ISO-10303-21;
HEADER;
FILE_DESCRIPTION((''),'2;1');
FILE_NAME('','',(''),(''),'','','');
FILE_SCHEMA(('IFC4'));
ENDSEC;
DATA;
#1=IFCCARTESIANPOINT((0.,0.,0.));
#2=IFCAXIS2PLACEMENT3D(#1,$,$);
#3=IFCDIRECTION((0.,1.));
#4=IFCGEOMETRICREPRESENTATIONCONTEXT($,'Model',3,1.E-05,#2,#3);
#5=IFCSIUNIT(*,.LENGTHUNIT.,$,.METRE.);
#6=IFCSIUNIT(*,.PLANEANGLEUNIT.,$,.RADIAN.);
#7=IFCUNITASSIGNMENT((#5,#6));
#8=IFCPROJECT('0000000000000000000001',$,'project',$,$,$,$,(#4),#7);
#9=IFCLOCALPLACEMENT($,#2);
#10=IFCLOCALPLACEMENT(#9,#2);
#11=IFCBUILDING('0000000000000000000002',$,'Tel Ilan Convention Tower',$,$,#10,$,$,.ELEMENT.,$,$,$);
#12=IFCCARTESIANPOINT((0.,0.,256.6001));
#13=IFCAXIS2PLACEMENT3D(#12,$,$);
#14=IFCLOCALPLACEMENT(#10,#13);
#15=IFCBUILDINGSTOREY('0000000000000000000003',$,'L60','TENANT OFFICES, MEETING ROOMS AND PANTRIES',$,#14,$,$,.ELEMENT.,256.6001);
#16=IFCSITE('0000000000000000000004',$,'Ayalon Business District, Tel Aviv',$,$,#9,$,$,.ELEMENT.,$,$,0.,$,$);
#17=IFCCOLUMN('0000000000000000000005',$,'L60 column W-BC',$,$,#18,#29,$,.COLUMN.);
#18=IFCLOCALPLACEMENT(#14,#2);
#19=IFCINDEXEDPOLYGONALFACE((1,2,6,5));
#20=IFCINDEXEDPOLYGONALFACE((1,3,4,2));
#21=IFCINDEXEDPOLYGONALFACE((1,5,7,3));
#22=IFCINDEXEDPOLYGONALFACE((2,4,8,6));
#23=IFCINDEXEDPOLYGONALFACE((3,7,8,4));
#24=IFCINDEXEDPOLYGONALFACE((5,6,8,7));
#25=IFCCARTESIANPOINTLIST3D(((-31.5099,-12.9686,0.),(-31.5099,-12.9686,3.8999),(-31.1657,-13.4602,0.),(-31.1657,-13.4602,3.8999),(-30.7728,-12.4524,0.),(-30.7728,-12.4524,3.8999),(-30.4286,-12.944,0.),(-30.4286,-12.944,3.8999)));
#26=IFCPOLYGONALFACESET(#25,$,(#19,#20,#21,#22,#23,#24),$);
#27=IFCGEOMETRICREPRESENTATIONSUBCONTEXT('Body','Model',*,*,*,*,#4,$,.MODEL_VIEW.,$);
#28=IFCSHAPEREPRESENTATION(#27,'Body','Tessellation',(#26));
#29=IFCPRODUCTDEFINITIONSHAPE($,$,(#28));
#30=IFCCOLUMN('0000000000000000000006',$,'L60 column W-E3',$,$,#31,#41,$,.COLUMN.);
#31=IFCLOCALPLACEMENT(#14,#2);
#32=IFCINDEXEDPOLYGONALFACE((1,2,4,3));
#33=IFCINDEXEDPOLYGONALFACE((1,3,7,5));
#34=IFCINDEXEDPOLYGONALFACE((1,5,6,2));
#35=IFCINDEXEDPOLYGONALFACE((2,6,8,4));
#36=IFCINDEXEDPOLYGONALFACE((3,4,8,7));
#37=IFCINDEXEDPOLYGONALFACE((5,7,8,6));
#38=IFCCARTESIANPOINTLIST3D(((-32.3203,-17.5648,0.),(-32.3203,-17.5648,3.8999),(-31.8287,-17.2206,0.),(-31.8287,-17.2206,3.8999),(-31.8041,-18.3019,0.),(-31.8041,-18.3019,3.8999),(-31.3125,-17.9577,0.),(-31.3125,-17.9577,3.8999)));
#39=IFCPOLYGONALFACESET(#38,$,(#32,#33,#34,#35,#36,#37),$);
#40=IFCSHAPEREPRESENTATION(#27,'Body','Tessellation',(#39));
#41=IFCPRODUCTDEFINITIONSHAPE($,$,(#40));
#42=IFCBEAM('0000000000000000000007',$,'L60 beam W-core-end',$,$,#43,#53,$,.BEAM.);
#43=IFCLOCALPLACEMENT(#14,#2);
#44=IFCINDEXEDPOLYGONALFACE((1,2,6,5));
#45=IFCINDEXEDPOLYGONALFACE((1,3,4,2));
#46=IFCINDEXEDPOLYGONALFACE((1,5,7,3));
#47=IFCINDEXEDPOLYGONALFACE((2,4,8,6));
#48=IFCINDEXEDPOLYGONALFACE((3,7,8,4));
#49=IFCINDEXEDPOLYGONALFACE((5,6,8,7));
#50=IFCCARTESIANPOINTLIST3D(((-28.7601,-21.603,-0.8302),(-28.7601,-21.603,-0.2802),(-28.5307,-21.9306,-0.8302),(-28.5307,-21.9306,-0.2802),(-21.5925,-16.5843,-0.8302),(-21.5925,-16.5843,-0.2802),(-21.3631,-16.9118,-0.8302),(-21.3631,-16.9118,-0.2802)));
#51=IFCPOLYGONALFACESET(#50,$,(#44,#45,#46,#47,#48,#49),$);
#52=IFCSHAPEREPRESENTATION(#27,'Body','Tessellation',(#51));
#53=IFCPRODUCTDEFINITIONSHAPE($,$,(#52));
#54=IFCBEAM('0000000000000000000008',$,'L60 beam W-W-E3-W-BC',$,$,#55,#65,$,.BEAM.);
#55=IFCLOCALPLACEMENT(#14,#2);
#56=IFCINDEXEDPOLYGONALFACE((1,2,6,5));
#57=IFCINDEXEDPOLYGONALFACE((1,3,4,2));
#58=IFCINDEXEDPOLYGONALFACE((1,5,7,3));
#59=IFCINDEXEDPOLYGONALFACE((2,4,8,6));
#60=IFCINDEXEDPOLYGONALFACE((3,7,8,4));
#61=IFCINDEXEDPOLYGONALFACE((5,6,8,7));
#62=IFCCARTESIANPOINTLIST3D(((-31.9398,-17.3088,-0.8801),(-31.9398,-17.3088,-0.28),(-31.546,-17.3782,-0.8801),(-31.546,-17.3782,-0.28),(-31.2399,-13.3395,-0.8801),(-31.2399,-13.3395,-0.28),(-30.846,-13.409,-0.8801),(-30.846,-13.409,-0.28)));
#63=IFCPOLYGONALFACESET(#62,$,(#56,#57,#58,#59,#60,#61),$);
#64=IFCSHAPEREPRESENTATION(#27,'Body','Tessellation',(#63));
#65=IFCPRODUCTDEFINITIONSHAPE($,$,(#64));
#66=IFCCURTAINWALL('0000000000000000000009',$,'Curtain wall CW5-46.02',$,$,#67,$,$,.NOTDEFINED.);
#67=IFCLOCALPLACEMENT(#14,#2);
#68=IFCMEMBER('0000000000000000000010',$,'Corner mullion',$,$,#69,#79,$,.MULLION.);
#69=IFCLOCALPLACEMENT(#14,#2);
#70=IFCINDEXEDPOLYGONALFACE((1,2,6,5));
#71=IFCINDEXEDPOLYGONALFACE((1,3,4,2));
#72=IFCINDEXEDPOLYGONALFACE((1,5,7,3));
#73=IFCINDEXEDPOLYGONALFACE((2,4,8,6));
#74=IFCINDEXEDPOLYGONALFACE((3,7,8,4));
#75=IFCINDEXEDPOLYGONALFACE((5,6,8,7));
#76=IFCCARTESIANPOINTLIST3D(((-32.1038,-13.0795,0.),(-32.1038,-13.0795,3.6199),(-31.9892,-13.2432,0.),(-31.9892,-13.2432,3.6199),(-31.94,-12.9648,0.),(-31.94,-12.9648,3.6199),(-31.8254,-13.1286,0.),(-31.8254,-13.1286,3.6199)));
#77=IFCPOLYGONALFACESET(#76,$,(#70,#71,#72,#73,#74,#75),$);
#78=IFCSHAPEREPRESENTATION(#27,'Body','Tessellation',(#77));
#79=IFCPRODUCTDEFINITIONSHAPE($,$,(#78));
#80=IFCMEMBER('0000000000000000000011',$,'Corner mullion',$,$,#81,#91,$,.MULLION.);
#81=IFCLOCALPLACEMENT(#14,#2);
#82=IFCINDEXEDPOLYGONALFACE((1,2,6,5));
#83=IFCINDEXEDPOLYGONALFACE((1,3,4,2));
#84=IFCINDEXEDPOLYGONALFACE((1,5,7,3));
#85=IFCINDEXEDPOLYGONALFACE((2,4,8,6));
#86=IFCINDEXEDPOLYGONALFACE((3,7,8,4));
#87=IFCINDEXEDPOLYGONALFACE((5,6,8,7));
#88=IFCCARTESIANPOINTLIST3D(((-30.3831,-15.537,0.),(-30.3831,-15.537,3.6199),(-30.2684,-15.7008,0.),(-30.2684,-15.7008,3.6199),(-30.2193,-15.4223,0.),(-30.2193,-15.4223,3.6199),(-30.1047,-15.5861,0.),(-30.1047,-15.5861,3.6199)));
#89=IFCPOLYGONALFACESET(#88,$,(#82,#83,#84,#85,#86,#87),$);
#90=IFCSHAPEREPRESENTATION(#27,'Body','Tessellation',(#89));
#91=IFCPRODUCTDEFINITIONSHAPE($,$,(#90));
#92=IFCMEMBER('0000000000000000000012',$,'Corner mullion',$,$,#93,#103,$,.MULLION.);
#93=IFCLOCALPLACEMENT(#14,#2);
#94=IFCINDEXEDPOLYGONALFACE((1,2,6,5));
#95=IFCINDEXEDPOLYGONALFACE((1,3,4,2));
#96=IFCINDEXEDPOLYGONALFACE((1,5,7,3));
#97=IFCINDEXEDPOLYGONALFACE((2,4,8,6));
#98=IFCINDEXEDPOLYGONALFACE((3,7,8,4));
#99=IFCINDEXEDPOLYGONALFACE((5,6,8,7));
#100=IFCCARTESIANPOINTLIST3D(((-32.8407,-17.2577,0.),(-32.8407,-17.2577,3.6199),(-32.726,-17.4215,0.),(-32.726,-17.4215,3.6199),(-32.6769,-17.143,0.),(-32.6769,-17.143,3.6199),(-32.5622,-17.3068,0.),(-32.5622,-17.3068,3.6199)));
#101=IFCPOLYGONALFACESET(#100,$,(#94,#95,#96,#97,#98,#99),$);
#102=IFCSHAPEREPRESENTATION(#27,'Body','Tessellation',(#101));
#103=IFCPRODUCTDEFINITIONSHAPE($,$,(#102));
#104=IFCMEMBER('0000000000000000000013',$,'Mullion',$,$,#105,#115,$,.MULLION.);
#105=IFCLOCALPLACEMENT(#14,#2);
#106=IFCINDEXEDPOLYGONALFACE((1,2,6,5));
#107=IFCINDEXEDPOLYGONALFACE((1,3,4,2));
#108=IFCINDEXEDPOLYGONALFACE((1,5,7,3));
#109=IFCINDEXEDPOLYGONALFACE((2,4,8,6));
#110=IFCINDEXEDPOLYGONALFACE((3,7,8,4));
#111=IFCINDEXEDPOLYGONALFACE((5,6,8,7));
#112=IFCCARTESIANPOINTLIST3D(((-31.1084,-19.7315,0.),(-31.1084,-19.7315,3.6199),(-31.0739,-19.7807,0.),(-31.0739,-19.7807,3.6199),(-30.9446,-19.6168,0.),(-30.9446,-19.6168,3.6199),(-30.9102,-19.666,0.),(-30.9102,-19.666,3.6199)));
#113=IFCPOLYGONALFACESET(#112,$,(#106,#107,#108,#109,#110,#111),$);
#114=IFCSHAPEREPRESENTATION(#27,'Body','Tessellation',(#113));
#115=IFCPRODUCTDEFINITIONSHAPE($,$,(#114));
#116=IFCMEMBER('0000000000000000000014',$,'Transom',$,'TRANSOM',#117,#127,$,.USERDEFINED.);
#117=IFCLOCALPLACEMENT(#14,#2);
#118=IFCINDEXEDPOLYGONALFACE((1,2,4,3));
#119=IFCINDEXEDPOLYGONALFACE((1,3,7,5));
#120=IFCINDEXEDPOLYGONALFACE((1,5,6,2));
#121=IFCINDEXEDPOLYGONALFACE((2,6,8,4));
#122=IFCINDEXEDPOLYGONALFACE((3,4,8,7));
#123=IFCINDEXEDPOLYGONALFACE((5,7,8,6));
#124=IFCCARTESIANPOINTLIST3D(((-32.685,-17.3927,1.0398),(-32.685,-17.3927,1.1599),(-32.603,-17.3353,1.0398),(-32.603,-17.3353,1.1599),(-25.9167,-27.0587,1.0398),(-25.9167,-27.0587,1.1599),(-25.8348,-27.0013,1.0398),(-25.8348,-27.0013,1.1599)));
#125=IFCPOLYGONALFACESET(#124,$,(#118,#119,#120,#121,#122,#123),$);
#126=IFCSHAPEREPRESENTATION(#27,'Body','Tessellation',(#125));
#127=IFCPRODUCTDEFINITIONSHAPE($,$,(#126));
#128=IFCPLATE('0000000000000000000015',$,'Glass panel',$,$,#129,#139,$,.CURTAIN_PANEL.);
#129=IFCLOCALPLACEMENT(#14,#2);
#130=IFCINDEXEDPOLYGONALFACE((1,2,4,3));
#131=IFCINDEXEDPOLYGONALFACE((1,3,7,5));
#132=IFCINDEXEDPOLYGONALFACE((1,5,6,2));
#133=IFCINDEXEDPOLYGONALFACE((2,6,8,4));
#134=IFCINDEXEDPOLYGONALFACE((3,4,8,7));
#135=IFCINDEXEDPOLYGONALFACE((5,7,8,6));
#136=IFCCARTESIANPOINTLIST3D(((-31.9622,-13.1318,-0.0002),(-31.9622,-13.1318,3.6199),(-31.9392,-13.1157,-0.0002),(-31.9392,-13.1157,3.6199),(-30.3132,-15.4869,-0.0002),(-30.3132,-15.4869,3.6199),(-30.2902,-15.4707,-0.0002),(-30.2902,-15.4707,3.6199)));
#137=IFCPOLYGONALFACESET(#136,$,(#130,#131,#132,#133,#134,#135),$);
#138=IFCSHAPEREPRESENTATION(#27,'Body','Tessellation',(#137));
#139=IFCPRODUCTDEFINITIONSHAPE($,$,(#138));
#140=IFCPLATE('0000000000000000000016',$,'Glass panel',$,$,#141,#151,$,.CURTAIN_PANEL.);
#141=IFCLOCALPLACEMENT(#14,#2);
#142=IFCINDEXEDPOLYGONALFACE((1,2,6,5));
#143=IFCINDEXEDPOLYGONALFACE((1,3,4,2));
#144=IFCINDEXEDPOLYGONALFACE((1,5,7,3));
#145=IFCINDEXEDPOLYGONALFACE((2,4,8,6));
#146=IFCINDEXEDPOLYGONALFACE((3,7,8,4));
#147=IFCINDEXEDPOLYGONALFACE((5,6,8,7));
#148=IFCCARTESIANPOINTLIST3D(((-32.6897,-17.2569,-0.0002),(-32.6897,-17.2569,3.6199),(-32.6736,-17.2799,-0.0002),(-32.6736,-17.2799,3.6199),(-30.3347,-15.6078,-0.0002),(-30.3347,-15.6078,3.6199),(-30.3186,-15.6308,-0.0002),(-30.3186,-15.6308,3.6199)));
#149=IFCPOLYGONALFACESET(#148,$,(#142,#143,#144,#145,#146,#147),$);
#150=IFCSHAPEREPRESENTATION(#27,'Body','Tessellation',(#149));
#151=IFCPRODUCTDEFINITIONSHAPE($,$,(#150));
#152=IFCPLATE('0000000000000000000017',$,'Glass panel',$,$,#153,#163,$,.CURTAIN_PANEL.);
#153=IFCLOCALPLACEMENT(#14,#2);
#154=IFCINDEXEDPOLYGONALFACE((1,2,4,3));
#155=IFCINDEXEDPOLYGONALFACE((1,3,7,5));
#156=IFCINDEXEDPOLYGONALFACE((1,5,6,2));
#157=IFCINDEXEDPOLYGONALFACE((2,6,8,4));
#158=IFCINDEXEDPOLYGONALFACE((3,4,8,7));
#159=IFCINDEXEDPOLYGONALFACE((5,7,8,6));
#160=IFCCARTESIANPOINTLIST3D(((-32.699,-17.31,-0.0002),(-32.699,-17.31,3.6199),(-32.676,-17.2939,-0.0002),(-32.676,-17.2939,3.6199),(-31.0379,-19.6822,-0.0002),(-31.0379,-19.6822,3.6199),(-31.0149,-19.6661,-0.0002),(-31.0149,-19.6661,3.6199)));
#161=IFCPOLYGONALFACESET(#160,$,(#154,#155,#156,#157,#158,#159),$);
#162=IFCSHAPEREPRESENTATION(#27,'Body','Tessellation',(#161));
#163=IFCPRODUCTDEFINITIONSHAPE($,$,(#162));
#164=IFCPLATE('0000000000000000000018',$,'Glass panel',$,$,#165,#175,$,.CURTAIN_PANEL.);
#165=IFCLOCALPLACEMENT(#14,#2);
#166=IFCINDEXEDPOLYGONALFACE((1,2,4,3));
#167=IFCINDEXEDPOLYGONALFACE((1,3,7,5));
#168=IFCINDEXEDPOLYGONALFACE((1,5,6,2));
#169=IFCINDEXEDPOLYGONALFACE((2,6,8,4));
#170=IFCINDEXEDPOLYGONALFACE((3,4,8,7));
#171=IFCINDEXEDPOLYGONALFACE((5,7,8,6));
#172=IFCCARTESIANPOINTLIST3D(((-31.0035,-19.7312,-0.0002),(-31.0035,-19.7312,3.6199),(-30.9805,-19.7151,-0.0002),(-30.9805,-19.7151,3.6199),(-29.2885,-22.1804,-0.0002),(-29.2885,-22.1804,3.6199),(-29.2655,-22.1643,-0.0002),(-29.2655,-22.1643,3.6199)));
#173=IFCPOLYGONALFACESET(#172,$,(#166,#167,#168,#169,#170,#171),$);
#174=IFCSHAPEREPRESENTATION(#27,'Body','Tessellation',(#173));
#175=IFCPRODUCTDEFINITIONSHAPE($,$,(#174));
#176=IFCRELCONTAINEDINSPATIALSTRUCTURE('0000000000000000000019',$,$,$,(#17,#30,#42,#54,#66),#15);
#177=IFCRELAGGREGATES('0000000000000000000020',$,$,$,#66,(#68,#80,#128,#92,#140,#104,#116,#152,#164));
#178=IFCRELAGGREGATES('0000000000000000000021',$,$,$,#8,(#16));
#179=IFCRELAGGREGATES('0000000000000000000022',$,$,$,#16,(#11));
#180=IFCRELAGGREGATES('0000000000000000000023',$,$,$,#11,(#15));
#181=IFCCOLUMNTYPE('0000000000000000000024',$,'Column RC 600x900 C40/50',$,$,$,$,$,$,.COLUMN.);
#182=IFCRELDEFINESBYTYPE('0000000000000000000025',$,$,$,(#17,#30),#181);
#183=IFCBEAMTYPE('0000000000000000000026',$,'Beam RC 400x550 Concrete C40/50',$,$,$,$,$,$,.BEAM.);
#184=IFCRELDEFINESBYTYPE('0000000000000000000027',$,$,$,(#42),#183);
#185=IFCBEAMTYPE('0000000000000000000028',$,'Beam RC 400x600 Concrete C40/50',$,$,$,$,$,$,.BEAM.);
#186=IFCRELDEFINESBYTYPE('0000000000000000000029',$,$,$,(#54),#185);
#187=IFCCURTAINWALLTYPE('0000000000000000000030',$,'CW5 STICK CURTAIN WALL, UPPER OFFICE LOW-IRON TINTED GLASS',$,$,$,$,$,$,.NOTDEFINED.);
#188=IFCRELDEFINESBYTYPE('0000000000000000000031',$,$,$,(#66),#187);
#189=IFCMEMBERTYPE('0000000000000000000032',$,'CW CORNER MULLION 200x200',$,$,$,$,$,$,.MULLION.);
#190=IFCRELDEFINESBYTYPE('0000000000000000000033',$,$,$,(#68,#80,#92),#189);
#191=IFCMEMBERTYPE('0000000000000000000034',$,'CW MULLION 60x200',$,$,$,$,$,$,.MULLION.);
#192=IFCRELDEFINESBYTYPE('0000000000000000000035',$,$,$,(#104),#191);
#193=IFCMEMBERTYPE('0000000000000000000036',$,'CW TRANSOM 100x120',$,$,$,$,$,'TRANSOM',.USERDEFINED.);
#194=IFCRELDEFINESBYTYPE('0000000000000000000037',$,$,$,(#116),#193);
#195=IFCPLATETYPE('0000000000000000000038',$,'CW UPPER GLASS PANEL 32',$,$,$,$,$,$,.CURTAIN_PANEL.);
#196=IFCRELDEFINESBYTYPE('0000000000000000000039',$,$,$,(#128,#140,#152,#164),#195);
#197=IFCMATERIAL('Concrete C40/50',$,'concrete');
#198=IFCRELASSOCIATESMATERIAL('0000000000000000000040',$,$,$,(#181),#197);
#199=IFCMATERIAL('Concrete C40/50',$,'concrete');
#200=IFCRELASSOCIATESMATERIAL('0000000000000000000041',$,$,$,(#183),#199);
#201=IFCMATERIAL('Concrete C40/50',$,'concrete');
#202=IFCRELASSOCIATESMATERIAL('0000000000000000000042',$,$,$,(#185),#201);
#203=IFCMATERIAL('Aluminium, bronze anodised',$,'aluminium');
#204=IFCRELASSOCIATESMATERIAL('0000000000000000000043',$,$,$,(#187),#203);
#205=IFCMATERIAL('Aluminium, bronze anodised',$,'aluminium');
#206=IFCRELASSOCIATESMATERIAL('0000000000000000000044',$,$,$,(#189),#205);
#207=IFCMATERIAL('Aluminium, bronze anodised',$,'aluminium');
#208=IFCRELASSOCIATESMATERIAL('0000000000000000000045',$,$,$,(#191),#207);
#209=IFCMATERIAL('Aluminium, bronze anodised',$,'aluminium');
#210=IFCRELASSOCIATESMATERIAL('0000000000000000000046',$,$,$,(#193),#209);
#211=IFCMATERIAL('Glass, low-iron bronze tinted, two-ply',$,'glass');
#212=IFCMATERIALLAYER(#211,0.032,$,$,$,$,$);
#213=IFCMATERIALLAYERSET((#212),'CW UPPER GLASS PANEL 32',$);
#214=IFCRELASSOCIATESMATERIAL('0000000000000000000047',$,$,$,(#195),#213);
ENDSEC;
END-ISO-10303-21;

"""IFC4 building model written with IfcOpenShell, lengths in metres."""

from ifc_helpers import new_model, si_unit, direction, frame, origin, origin_2d, place, context, subcontext, project, spatial, rectangle, extrude, material, layer, layer_set, material_profile, profile_set, type_object, element, aggregate, save


model = new_model("IFC4")

# Units and contexts
model_context = context("Model", 3, precision=1e-05, world=origin(), true_north=direction((0.0, 1.0)))
body_context = subcontext(model_context, "Body", "Model", "MODEL_VIEW")
ifc_project = project(units=[si_unit("LENGTHUNIT", "METRE"), si_unit("PLANEANGLEUNIT", "RADIAN")], contexts=[model_context])

# Site, building, storey
site_placement = place(None, origin())
site = spatial("IfcSite", under=ifc_project, at=site_placement, Name="Ayalon Business District, Tel Aviv", CompositionType="ELEMENT", RefElevation=0.0)
building_placement = place(site_placement, origin())
building = spatial("IfcBuilding", under=site, at=building_placement, Name="Tel Ilan Convention Tower", CompositionType="ELEMENT")
storey_placement = place(building_placement, frame((0.0, 0.0, 256.6001)))
storey = spatial("IfcBuildingStorey", under=building, at=storey_placement, Name="L60", Description="TENANT OFFICES, MEETING ROOMS AND PANTRIES", CompositionType="ELEMENT", Elevation=256.6001)

# Columns
ifc_material_1 = material(Name="Concrete C40/50", Category="concrete")
ifc_material_profile_1 = material_profile(ifc_material_1, rectangle(XDim=0.8999, YDim=0.6001, at=origin_2d()), Name="RC 600x900")
ifc_profile_set_1 = profile_set([ifc_material_profile_1], Name="Concrete C40/50")
column_type = type_object("IfcColumnType", Name="Column RC 600x900 C40/50", PredefinedType="COLUMN", material=ifc_profile_set_1)
for number, where, z_axis, x_axis, name in (
    (1, (-30.9692, -12.9563, 0.0), (0.0, 0.0, 1.0), (-0.819152, -0.573576, 0.0), "L60 column W-BC"),
    (2, (-31.8164, -17.7612, 0.0), (0.0, 0.0, 1.0), (-0.573576, 0.819152, 0.0), "L60 column W-E3"),
):
    element("IfcColumn", number, at=place(storey_placement, frame(where, z_axis=z_axis, x_axis=x_axis)), inside=storey, type_object=column_type, Name=name, PredefinedType="COLUMN", context=body_context, shape_type="SweptSolid", body=[
        extrude(rectangle(XDim=0.8999, YDim=0.6001, at=origin_2d()), origin(), (0.0, 0.0, 1.0), 3.8999),
    ])

# Beams
ifc_material_2 = material(Name="Concrete C40/50", Category="concrete")
ifc_material_profile_2 = material_profile(ifc_material_2, rectangle(XDim=0.3999, YDim=0.55, at=origin_2d()), Name="RC 400x550")
ifc_profile_set_2 = profile_set([ifc_material_profile_2], Name="Concrete C40/50")
beam_type_1 = type_object("IfcBeamType", Name="Beam RC 400x550 Concrete C40/50", PredefinedType="BEAM", material=ifc_profile_set_2)
beam_1_placement = place(storey_placement, frame((-21.4778, -16.748, -0.5552), z_axis=(-0.819157, -0.573569, 0.0), x_axis=(0.573569, -0.819157, 0.0)))
element("IfcBeam", 3, at=beam_1_placement, inside=storey, type_object=beam_type_1, Name="L60 beam W-core-end", PredefinedType="BEAM", context=body_context, shape_type="SweptSolid", body=[
    extrude(rectangle(XDim=0.3999, YDim=0.55, at=origin_2d()), origin(), (0.0, 0.0, 1.0), 8.75),
])
ifc_material_3 = material(Name="Concrete C40/50", Category="concrete")
ifc_material_profile_3 = material_profile(ifc_material_3, rectangle(XDim=0.3999, YDim=0.6001, at=origin_2d()), Name="RC 400x600")
ifc_profile_set_3 = profile_set([ifc_material_profile_3], Name="Concrete C40/50")
beam_type_2 = type_object("IfcBeamType", Name="Beam RC 400x600 Concrete C40/50", PredefinedType="BEAM", material=ifc_profile_set_3)
beam_2_placement = place(storey_placement, frame((-31.7429, -17.3435, -0.5801), z_axis=(0.173664, 0.984805, 0.0), x_axis=(-0.984805, 0.173664, 0.0)))
element("IfcBeam", 4, at=beam_2_placement, inside=storey, type_object=beam_type_2, Name="L60 beam W-W-E3-W-BC", PredefinedType="BEAM", context=body_context, shape_type="SweptSolid", body=[
    extrude(rectangle(XDim=0.3999, YDim=0.6001, at=origin_2d()), origin(), (0.0, 0.0, 1.0), 4.0305),
])

# Curtain wall, members, plates
ifc_material_4 = material(Name="Aluminium, bronze anodised", Category="aluminium")
curtain_wall_type = type_object("IfcCurtainWallType", Name="CW5 STICK CURTAIN WALL, UPPER OFFICE LOW-IRON TINTED GLASS", PredefinedType="NOTDEFINED", material=ifc_material_4)
curtain_wall_placement = place(storey_placement, origin())
curtain_wall = element("IfcCurtainWall", 5, at=curtain_wall_placement, inside=storey, type_object=curtain_wall_type, Name="Curtain wall CW5-46.02", PredefinedType="NOTDEFINED")
ifc_material_5 = material(Name="Aluminium, bronze anodised", Category="aluminium")
ifc_material_profile_4 = material_profile(ifc_material_5, rectangle(XDim=0.2, YDim=0.2, at=origin_2d()), Name="CW CORNER MULLION 200x200")
ifc_profile_set_4 = profile_set([ifc_material_profile_4], Name="Aluminium, bronze anodised")
member_type_1 = type_object("IfcMemberType", Name="CW CORNER MULLION 200x200", PredefinedType="MULLION", material=ifc_profile_set_4)
member_1_placement = place(storey_placement, frame((-31.9646, -13.104, 0.0), z_axis=(0.0, 0.0, 1.0), x_axis=(-0.819152, -0.573576, 0.0)))
member_1 = element("IfcMember", 6, at=member_1_placement, type_object=member_type_1, Name="Corner mullion", PredefinedType="MULLION", context=body_context, shape_type="SweptSolid", body=[
    extrude(rectangle(XDim=0.2, YDim=0.2, at=origin_2d()), origin(), (0.0, 0.0, 1.0), 3.6199),
])
member_2_placement = place(storey_placement, frame((-30.2439, -15.5615, 0.0), z_axis=(0.0, 0.0, 1.0), x_axis=(0.573576, -0.819152, 0.0)))
member_2 = element("IfcMember", 7, at=member_2_placement, type_object=member_type_1, Name="Corner mullion", PredefinedType="MULLION", context=body_context, shape_type="SweptSolid", body=[
    extrude(rectangle(XDim=0.2, YDim=0.2, at=origin_2d()), origin(), (0.0, 0.0, 1.0), 3.6199),
])
member_3_placement = place(storey_placement, frame((-32.7014, -17.2822, 0.0), z_axis=(0.0, 0.0, 1.0), x_axis=(-0.819152, -0.573576, 0.0)))
member_3 = element("IfcMember", 8, at=member_3_placement, type_object=member_type_1, Name="Corner mullion", PredefinedType="MULLION", context=body_context, shape_type="SweptSolid", body=[
    extrude(rectangle(XDim=0.2, YDim=0.2, at=origin_2d()), origin(), (0.0, 0.0, 1.0), 3.6199),
])
ifc_material_6 = material(Name="Aluminium, bronze anodised", Category="aluminium")
ifc_material_profile_5 = material_profile(ifc_material_6, rectangle(XDim=0.0601, YDim=0.2, at=origin_2d()), Name="CW MULLION 60x200")
ifc_profile_set_5 = profile_set([ifc_material_profile_5], Name="Aluminium, bronze anodised")
member_type_2 = type_object("IfcMemberType", Name="CW MULLION 60x200", PredefinedType="MULLION", material=ifc_profile_set_5)
member_4_placement = place(storey_placement, frame((-31.0093, -19.6987, 0.0), z_axis=(0.0, 0.0, 1.0), x_axis=(0.573576, -0.819152, 0.0)))
member_4 = element("IfcMember", 9, at=member_4_placement, type_object=member_type_2, Name="Mullion", PredefinedType="MULLION", context=body_context, shape_type="SweptSolid", body=[
    extrude(rectangle(XDim=0.0601, YDim=0.2, at=origin_2d()), origin(), (0.0, 0.0, 1.0), 3.6199),
])
ifc_material_7 = material(Name="Aluminium, bronze anodised", Category="aluminium")
ifc_material_profile_6 = material_profile(ifc_material_7, rectangle(XDim=0.1001, YDim=0.1201, at=origin_2d()), Name="CW TRANSOM 100x120")
ifc_profile_set_6 = profile_set([ifc_material_profile_6], Name="Aluminium, bronze anodised")
member_type_3 = type_object("IfcMemberType", Name="CW TRANSOM 100x120", ElementType="TRANSOM", PredefinedType="USERDEFINED", material=ifc_profile_set_6)
member_5_placement = place(storey_placement, frame((-32.644, -17.364, 1.0999), z_axis=(0.573582, -0.819148, 0.0), x_axis=(0.819148, 0.573582, 0.0)))
member_5 = element("IfcMember", 10, at=member_5_placement, type_object=member_type_3, Name="Transom", ObjectType="TRANSOM", PredefinedType="USERDEFINED", context=body_context, shape_type="SweptSolid", body=[
    extrude(rectangle(XDim=0.1001, YDim=0.1201, at=origin_2d()), origin(), (0.0, 0.0, 1.0), 11.8),
])
ifc_material_8 = material(Name="Glass, low-iron bronze tinted, two-ply", Category="glass")
ifc_layer_1 = layer(ifc_material_8, 0.032)
ifc_layer_set_1 = layer_set([ifc_layer_1], Name="CW UPPER GLASS PANEL 32")
plate_type = type_object("IfcPlateType", Name="CW UPPER GLASS PANEL 32", PredefinedType="CURTAIN_PANEL", material=ifc_layer_set_1)
plate_1_placement = place(storey_placement, frame((-31.1262, -14.3013, -0.0002), z_axis=(0.0, 0.0, 1.0), x_axis=(0.573576, -0.819152, 0.0)))
plate_1 = element("IfcPlate", 11, at=plate_1_placement, type_object=plate_type, Name="Glass panel", PredefinedType="CURTAIN_PANEL", context=body_context, shape_type="SweptSolid", body=[
    extrude(rectangle(XDim=2.875, YDim=0.0281, at=origin_2d()), origin(), (0.0, 0.0, 1.0), 3.6201),
])
plate_2_placement = place(storey_placement, frame((-31.5042, -16.4438, -0.0002), z_axis=(0.0, 0.0, 1.0), x_axis=(-0.819152, -0.573576, 0.0)))
plate_2 = element("IfcPlate", 12, at=plate_2_placement, type_object=plate_type, Name="Glass panel", PredefinedType="CURTAIN_PANEL", context=body_context, shape_type="SweptSolid", body=[
    extrude(rectangle(XDim=2.875, YDim=0.0281, at=origin_2d()), origin(), (0.0, 0.0, 1.0), 3.6201),
])
plate_3_placement = place(storey_placement, frame((-31.8569, -18.488, -0.0002), z_axis=(0.0, 0.0, 1.0), x_axis=(0.573576, -0.819152, 0.0)))
plate_3 = element("IfcPlate", 13, at=plate_3_placement, type_object=plate_type, Name="Glass panel", PredefinedType="CURTAIN_PANEL", context=body_context, shape_type="SweptSolid", body=[
    extrude(rectangle(XDim=2.896, YDim=0.0281, at=origin_2d()), origin(), (0.0, 0.0, 1.0), 3.6201),
])
plate_4_placement = place(storey_placement, frame((-30.1345, -20.9478, -0.0002), z_axis=(0.0, 0.0, 1.0), x_axis=(0.573576, -0.819152, 0.0)))
plate_4 = element("IfcPlate", 14, at=plate_4_placement, type_object=plate_type, Name="Glass panel", PredefinedType="CURTAIN_PANEL", context=body_context, shape_type="SweptSolid", body=[
    extrude(rectangle(XDim=2.99, YDim=0.0281, at=origin_2d()), origin(), (0.0, 0.0, 1.0), 3.6201),
])
aggregate(curtain_wall, [member_1, member_2, plate_1, member_3, plate_2, member_4, member_5, plate_3, plate_4])

save(model, "model.ifc")
